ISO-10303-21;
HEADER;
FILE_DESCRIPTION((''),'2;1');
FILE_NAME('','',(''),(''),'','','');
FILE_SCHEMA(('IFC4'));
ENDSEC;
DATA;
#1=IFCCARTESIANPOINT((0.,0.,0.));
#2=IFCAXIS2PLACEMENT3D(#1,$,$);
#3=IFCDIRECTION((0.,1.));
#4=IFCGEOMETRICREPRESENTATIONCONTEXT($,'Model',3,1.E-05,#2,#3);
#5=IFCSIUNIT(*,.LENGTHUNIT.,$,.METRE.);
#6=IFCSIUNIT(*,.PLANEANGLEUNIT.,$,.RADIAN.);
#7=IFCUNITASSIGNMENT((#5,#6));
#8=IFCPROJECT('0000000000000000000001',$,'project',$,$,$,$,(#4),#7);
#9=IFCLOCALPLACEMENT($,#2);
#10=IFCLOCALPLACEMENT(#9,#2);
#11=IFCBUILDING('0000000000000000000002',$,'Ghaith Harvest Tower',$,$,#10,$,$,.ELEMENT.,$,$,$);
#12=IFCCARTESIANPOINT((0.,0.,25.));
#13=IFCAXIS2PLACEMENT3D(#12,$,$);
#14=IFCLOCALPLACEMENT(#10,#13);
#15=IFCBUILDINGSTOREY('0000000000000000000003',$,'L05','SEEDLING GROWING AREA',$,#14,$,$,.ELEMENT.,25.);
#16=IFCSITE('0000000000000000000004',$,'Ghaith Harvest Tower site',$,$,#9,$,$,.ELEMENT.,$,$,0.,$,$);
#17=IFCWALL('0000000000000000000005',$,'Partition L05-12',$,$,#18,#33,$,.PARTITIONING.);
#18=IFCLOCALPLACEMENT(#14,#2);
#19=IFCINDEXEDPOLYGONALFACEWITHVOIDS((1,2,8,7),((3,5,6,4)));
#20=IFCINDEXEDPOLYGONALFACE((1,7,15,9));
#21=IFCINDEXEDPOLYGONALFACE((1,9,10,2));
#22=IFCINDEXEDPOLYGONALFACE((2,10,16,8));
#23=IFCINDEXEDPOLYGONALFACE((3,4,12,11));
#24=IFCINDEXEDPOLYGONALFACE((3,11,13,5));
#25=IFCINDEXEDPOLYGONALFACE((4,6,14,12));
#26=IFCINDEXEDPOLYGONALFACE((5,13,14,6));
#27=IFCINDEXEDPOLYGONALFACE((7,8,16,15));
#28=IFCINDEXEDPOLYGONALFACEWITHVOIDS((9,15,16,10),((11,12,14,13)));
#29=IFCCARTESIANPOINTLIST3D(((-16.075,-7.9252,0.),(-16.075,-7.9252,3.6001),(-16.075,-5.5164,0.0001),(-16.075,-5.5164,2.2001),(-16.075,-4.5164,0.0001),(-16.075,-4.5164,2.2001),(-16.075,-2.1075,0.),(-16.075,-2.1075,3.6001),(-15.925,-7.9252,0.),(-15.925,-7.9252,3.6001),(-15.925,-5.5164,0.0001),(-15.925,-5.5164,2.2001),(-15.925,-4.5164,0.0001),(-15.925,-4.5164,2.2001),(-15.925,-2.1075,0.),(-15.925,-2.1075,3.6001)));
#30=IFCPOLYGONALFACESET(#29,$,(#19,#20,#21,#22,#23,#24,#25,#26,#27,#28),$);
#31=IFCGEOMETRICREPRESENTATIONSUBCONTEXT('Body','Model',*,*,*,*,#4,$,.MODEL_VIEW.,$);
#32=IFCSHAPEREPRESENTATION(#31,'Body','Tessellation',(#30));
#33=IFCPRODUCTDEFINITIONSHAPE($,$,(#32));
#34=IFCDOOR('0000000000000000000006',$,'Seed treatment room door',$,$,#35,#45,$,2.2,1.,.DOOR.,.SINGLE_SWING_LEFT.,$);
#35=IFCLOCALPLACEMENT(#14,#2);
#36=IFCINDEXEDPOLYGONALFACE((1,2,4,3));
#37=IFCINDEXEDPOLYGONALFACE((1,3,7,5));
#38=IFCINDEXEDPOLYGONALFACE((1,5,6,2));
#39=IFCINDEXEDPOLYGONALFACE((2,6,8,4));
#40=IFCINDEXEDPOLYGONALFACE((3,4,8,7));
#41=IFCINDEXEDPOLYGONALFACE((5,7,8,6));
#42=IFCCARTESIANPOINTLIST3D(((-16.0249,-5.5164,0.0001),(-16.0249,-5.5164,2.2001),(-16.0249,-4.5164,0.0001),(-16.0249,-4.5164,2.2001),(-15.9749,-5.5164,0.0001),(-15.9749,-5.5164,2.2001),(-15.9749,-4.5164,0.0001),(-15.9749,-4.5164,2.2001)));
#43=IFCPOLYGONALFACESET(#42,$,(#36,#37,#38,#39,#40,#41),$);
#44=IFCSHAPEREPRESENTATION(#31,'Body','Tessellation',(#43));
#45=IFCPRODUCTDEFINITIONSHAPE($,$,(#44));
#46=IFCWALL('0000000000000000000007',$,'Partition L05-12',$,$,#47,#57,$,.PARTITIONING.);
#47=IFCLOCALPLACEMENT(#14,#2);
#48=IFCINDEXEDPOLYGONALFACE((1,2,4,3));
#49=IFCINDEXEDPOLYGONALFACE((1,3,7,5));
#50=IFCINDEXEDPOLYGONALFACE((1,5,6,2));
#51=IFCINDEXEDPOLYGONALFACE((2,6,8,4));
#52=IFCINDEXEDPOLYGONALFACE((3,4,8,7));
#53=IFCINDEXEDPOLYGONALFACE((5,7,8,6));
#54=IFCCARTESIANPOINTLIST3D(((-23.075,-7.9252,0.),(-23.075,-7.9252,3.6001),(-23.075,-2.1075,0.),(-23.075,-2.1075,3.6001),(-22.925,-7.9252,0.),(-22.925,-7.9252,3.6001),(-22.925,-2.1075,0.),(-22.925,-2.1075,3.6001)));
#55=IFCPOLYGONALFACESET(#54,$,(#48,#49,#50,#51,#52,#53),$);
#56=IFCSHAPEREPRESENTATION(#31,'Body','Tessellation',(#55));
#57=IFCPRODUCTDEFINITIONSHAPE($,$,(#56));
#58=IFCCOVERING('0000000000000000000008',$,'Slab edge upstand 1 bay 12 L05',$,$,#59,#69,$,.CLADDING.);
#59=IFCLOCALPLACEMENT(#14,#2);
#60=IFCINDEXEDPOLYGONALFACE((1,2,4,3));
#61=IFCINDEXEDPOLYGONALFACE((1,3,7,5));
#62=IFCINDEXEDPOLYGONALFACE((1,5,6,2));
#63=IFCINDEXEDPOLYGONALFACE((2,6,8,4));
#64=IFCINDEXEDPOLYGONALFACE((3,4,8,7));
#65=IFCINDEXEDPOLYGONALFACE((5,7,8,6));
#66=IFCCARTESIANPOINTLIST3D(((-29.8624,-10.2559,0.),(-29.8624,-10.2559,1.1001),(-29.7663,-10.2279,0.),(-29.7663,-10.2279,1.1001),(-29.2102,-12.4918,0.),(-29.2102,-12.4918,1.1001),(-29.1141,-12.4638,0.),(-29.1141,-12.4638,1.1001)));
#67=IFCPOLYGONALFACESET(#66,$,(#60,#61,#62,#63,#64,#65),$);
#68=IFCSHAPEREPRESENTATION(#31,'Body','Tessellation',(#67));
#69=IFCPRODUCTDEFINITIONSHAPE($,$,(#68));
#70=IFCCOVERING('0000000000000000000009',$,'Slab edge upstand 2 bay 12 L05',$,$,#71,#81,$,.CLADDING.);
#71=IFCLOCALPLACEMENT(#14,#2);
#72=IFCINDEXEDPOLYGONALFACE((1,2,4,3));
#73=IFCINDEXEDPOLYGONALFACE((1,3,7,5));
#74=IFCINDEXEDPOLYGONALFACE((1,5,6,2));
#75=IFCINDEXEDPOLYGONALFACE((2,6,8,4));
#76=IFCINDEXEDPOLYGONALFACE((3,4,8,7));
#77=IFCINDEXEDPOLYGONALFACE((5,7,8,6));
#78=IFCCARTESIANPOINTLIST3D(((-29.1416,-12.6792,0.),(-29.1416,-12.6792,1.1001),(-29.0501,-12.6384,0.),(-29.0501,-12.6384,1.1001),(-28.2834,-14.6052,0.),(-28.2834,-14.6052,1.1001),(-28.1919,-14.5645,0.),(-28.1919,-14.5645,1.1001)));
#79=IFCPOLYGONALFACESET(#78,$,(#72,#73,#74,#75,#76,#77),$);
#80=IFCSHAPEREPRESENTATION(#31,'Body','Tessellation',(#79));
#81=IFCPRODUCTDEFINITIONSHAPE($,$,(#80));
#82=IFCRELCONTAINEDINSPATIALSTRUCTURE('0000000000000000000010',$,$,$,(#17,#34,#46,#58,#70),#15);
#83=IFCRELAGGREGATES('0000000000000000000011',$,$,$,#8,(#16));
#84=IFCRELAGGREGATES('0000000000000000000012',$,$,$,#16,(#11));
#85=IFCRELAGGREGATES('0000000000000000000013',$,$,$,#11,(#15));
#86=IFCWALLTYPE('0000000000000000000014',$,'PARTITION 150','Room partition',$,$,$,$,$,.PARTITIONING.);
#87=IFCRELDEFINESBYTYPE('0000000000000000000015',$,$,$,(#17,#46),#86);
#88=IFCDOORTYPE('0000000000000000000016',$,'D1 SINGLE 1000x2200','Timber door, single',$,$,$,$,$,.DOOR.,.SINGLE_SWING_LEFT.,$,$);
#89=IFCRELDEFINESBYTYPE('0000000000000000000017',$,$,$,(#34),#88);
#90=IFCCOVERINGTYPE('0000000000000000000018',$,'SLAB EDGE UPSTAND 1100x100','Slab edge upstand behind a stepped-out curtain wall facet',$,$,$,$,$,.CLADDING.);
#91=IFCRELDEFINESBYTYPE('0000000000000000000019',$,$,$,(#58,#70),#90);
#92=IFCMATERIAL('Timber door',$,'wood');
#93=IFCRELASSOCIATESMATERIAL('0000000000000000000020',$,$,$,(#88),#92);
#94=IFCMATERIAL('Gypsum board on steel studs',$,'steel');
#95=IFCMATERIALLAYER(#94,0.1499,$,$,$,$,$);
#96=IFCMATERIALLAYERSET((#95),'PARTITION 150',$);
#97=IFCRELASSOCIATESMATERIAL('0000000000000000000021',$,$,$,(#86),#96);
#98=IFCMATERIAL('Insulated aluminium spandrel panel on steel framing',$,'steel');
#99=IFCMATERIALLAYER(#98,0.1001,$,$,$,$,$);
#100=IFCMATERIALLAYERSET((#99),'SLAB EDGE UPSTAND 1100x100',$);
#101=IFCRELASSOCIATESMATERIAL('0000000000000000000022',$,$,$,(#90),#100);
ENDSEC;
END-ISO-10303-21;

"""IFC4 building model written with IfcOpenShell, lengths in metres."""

from ifc_helpers import new_model, si_unit, direction, frame, frame_2d, origin, origin_2d, place, context, subcontext, project, spatial, rectangle, extrude, material, layer, layer_set, type_object, element, fill, save


model = new_model("IFC4")

# Units and contexts
model_context = context("Model", 3, precision=1e-05, world=origin(), true_north=direction((0.0, 1.0)))
body_context = subcontext(model_context, "Body", "Model", "MODEL_VIEW")
ifc_project = project(units=[si_unit("LENGTHUNIT", "METRE"), si_unit("PLANEANGLEUNIT", "RADIAN")], contexts=[model_context])

# Site, building, storey
site_placement = place(None, origin())
site = spatial("IfcSite", under=ifc_project, at=site_placement, Name="Ghaith Harvest Tower site", CompositionType="ELEMENT", RefElevation=0.0)
building_placement = place(site_placement, origin())
building = spatial("IfcBuilding", under=site, at=building_placement, Name="Ghaith Harvest Tower", CompositionType="ELEMENT")
storey_placement = place(building_placement, frame((0.0, 0.0, 25.0)))
storey = spatial("IfcBuildingStorey", under=building, at=storey_placement, Name="L05", Description="SEEDLING GROWING AREA", CompositionType="ELEMENT", Elevation=25.0)

# Shared definitions
ifc_material_1 = material(Name="Timber door", Category="wood")
door_type_1 = type_object("IfcDoorType", Name="D1 SINGLE 1000x2200", Description="Timber door, single", OperationType="SINGLE_SWING_LEFT", PredefinedType="DOOR", material=ifc_material_1)

# Shared definitions
ifc_material_2 = material(Name="Gypsum board on steel studs", Category="steel")
ifc_layer_1 = layer(ifc_material_2, 0.1499)
ifc_layer_set_1 = layer_set([ifc_layer_1], Name="PARTITION 150")
wall_type_1 = type_object("IfcWallType", Name="PARTITION 150", Description="Room partition", PredefinedType="PARTITIONING", material=ifc_layer_set_1)

# Wall, opening, door
wall_1_placement = place(storey_placement, frame((-16.0, -7.925, 0.0), z_axis=(0.0, 0.0, 1.0), x_axis=(0.0, 1.0, 0.0)))
wall_1 = element("IfcWall", 1, at=wall_1_placement, inside=storey, type_object=wall_type_1, Name="Partition L05-12", PredefinedType="PARTITIONING", context=body_context, shape_type="SweptSolid", body=[
    extrude(rectangle(XDim=5.8176, YDim=0.1499, at=frame_2d((2.9087, 0.0))), origin(), (0.0, 0.0, 1.0), 3.6001),
])
opening_1_placement = place(wall_1_placement, frame((2.4087, 0.0, 0.0)))
opening_1 = element("IfcOpeningElement", 2, at=opening_1_placement, cuts=wall_1, PredefinedType="OPENING", context=body_context, shape_type="SweptSolid", body=[
    extrude(rectangle(XDim=1.0, YDim=2.2, at=frame_2d((0.5, 1.1001))), frame((0.0, 0.085, 0.0), z_axis=(0.0, -1.0, 0.0), x_axis=(1.0, 0.0, 0.0)), (0.0, 0.0, 1.0), 0.1699),
])
door_1_placement = place(opening_1_placement, origin())
door_1 = element("IfcDoor", 3, at=door_1_placement, inside=storey, type_object=door_type_1, Name="Seed treatment room door", OperationType="SINGLE_SWING_LEFT", OverallHeight=2.2, OverallWidth=1.0, PredefinedType="DOOR", context=body_context, shape_type="SweptSolid", body=[
    extrude(rectangle(XDim=1.0, YDim=2.2, at=frame_2d((0.5, 1.1001))), frame((0.0, 0.0249, 0.0), z_axis=(0.0, -1.0, 0.0), x_axis=(1.0, 0.0, 0.0)), (0.0, 0.0, 1.0), 0.05),
])
fill(opening_1, door_1)

# Wall
wall_2_placement = place(storey_placement, frame((-23.0, -7.925, 0.0), z_axis=(0.0, 0.0, 1.0), x_axis=(0.0, 1.0, 0.0)))
element("IfcWall", 4, at=wall_2_placement, inside=storey, type_object=wall_type_1, Name="Partition L05-12", PredefinedType="PARTITIONING", context=body_context, shape_type="SweptSolid", body=[
    extrude(rectangle(XDim=5.8176, YDim=0.1499, at=frame_2d((2.9087, 0.0))), origin(), (0.0, 0.0, 1.0), 3.6001),
])

# Coverings
ifc_material_3 = material(Name="Insulated aluminium spandrel panel on steel framing", Category="steel")
ifc_layer_2 = layer(ifc_material_3, 0.1001)
ifc_layer_set_2 = layer_set([ifc_layer_2], Name="SLAB EDGE UPSTAND 1100x100")
covering_type = type_object("IfcCoveringType", Name="SLAB EDGE UPSTAND 1100x100", Description="Slab edge upstand behind a stepped-out curtain wall facet", PredefinedType="CLADDING", material=ifc_layer_set_2)
covering_1_placement = place(storey_placement, frame((-29.4883, -11.3599, 0.0), z_axis=(0.0, 0.0, 1.0), x_axis=(0.280032, -0.959991, 0.0)))
element("IfcCovering", 5, at=covering_1_placement, inside=storey, type_object=covering_type, Name="Slab edge upstand 1 bay 12 L05", PredefinedType="CLADDING", context=body_context, shape_type="SweptSolid", body=[
    extrude(rectangle(XDim=2.3291, YDim=0.1001, at=origin_2d()), origin(), (0.0, 0.0, 1.0), 1.1001),
])
covering_2_placement = place(storey_placement, frame((-28.6667, -13.6218, 0.0), z_axis=(0.0, 0.0, 1.0), x_axis=(0.407003, -0.913427, 0.0)))
element("IfcCovering", 6, at=covering_2_placement, inside=storey, type_object=covering_type, Name="Slab edge upstand 2 bay 12 L05", PredefinedType="CLADDING", context=body_context, shape_type="SweptSolid", body=[
    extrude(rectangle(XDim=2.1086, YDim=0.1001, at=origin_2d()), origin(), (0.0, 0.0, 1.0), 1.1001),
])

save(model, "model.ifc")
